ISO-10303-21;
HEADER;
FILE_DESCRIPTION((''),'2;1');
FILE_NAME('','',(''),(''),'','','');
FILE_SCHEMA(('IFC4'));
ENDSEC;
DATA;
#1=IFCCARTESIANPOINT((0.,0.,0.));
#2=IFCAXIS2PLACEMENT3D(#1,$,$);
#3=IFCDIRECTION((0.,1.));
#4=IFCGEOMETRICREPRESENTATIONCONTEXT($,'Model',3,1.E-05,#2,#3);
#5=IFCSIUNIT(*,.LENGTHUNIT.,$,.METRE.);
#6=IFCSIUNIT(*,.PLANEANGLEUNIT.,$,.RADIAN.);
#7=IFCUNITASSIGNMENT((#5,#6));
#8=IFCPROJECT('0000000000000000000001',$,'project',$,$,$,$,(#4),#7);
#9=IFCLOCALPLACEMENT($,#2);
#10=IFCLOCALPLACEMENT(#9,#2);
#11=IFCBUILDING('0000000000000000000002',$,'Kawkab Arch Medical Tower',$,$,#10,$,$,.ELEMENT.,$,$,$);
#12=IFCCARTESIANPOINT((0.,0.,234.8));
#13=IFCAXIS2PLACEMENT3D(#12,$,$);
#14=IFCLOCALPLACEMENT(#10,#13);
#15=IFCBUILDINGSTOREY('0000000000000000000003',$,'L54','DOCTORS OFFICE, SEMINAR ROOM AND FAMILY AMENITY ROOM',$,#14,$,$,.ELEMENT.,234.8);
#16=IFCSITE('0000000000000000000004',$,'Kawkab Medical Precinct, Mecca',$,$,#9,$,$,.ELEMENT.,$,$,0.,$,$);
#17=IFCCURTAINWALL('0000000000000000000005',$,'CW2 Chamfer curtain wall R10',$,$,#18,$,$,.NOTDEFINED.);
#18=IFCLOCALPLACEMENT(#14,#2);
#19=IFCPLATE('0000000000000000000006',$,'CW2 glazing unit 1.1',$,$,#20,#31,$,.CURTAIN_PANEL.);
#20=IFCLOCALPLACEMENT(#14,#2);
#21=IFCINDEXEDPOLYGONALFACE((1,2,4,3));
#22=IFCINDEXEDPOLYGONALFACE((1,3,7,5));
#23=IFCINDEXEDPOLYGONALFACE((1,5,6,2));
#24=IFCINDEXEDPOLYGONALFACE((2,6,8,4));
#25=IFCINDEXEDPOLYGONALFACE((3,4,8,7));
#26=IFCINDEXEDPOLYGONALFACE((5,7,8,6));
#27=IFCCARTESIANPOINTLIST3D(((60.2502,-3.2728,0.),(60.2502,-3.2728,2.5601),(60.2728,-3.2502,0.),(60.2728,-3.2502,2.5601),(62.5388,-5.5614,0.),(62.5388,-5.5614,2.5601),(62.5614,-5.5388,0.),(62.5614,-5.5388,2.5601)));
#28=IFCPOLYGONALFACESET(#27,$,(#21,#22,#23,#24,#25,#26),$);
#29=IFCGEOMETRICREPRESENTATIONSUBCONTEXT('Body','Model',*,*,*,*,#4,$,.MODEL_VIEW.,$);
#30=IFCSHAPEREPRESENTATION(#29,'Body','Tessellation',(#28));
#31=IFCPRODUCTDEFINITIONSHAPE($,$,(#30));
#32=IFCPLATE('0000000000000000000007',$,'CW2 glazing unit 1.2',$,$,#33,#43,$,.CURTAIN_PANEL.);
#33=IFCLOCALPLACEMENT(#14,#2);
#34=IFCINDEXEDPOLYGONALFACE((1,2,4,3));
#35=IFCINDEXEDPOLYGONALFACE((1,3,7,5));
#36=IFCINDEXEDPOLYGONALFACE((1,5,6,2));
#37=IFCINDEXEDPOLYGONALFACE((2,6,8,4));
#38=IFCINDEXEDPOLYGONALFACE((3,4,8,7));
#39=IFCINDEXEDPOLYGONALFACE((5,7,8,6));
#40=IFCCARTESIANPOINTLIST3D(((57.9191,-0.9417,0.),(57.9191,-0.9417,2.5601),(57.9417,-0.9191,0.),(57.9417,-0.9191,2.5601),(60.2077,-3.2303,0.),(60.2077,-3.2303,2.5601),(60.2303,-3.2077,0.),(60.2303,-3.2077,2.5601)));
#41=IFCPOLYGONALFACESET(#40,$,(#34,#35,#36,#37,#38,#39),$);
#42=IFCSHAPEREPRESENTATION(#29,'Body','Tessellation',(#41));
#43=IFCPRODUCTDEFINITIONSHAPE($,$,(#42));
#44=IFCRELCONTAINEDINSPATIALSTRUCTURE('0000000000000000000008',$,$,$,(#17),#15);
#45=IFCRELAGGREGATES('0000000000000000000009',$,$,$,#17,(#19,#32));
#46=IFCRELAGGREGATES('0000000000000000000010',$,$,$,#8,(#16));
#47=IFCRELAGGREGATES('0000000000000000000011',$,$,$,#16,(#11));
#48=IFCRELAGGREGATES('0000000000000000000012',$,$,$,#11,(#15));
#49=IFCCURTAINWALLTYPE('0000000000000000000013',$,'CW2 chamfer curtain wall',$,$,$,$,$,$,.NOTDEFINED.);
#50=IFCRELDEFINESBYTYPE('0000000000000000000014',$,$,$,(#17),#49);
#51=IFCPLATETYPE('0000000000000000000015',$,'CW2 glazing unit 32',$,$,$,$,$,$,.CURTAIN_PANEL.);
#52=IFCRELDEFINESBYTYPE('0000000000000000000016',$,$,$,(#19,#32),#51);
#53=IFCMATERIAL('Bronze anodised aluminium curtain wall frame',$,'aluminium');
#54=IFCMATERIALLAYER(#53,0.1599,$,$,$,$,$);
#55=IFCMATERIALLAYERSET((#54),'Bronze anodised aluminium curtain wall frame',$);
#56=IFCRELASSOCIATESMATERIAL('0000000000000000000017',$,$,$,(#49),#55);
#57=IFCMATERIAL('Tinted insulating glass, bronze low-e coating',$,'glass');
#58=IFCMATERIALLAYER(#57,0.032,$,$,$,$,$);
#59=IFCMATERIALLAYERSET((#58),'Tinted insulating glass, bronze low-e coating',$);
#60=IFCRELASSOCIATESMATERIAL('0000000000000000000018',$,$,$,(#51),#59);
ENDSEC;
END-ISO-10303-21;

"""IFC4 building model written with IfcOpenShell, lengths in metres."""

from ifc_helpers import new_model, si_unit, direction, frame, origin, origin_2d, place, context, subcontext, project, spatial, rectangle, extrude, material, layer, layer_set, type_object, element, aggregate, save


model = new_model("IFC4")

# Units and contexts
model_context = context("Model", 3, precision=1e-05, world=origin(), true_north=direction((0.0, 1.0)))
body_context = subcontext(model_context, "Body", "Model", "MODEL_VIEW")
ifc_project = project(units=[si_unit("LENGTHUNIT", "METRE"), si_unit("PLANEANGLEUNIT", "RADIAN")], contexts=[model_context])

# Site, building, storey
site_placement = place(None, origin())
site = spatial("IfcSite", under=ifc_project, at=site_placement, Name="Kawkab Medical Precinct, Mecca", CompositionType="ELEMENT", RefElevation=0.0)
building_placement = place(site_placement, origin())
building = spatial("IfcBuilding", under=site, at=building_placement, Name="Kawkab Arch Medical Tower", CompositionType="ELEMENT")
storey_placement = place(building_placement, frame((0.0, 0.0, 234.8)))
storey = spatial("IfcBuildingStorey", under=building, at=storey_placement, Name="L54", Description="DOCTORS OFFICE, SEMINAR ROOM AND FAMILY AMENITY ROOM", CompositionType="ELEMENT", Elevation=234.8)

# Curtain wall
ifc_material_1 = material(Name="Bronze anodised aluminium curtain wall frame", Category="aluminium")
ifc_layer_1 = layer(ifc_material_1, 0.1599)
ifc_layer_set_1 = layer_set([ifc_layer_1], Name="Bronze anodised aluminium curtain wall frame")
curtain_wall_type_1 = type_object("IfcCurtainWallType", Name="CW2 chamfer curtain wall", PredefinedType="NOTDEFINED", material=ifc_layer_set_1)
placement = place(storey_placement, origin())
curtain_wall_1 = element("IfcCurtainWall", 1, at=placement, inside=storey, type_object=curtain_wall_type_1, Name="CW2 Chamfer curtain wall R10", PredefinedType="NOTDEFINED")

# Plates
ifc_material_2 = material(Name="Tinted insulating glass, bronze low-e coating", Category="glass")
ifc_layer_2 = layer(ifc_material_2, 0.032)
ifc_layer_set_2 = layer_set([ifc_layer_2], Name="Tinted insulating glass, bronze low-e coating")
plate_type_1 = type_object("IfcPlateType", Name="CW2 glazing unit 32", PredefinedType="CURTAIN_PANEL", material=ifc_layer_set_2)
plate_1_placement = place(storey_placement, frame((61.4058, -4.4058, 0.0), z_axis=(0.0, 0.0, 1.0), x_axis=(-0.707107, 0.707107, 0.0)))
plate_1 = element("IfcPlate", 2, at=plate_1_placement, type_object=plate_type_1, Name="CW2 glazing unit 1.1", PredefinedType="CURTAIN_PANEL", context=body_context, shape_type="SweptSolid", body=[
    extrude(rectangle(XDim=3.2366, YDim=0.032, at=origin_2d()), origin(), (0.0, 0.0, 1.0), 2.5601),
])
plate_2_placement = place(storey_placement, frame((59.0747, -2.0747, 0.0), z_axis=(0.0, 0.0, 1.0), x_axis=(-0.707107, 0.707107, 0.0)))
plate_2 = element("IfcPlate", 3, at=plate_2_placement, type_object=plate_type_1, Name="CW2 glazing unit 1.2", PredefinedType="CURTAIN_PANEL", context=body_context, shape_type="SweptSolid", body=[
    extrude(rectangle(XDim=3.2366, YDim=0.032, at=origin_2d()), origin(), (0.0, 0.0, 1.0), 2.5601),
])
aggregate(curtain_wall_1, [plate_1, plate_2])

save(model, "model.ifc")
